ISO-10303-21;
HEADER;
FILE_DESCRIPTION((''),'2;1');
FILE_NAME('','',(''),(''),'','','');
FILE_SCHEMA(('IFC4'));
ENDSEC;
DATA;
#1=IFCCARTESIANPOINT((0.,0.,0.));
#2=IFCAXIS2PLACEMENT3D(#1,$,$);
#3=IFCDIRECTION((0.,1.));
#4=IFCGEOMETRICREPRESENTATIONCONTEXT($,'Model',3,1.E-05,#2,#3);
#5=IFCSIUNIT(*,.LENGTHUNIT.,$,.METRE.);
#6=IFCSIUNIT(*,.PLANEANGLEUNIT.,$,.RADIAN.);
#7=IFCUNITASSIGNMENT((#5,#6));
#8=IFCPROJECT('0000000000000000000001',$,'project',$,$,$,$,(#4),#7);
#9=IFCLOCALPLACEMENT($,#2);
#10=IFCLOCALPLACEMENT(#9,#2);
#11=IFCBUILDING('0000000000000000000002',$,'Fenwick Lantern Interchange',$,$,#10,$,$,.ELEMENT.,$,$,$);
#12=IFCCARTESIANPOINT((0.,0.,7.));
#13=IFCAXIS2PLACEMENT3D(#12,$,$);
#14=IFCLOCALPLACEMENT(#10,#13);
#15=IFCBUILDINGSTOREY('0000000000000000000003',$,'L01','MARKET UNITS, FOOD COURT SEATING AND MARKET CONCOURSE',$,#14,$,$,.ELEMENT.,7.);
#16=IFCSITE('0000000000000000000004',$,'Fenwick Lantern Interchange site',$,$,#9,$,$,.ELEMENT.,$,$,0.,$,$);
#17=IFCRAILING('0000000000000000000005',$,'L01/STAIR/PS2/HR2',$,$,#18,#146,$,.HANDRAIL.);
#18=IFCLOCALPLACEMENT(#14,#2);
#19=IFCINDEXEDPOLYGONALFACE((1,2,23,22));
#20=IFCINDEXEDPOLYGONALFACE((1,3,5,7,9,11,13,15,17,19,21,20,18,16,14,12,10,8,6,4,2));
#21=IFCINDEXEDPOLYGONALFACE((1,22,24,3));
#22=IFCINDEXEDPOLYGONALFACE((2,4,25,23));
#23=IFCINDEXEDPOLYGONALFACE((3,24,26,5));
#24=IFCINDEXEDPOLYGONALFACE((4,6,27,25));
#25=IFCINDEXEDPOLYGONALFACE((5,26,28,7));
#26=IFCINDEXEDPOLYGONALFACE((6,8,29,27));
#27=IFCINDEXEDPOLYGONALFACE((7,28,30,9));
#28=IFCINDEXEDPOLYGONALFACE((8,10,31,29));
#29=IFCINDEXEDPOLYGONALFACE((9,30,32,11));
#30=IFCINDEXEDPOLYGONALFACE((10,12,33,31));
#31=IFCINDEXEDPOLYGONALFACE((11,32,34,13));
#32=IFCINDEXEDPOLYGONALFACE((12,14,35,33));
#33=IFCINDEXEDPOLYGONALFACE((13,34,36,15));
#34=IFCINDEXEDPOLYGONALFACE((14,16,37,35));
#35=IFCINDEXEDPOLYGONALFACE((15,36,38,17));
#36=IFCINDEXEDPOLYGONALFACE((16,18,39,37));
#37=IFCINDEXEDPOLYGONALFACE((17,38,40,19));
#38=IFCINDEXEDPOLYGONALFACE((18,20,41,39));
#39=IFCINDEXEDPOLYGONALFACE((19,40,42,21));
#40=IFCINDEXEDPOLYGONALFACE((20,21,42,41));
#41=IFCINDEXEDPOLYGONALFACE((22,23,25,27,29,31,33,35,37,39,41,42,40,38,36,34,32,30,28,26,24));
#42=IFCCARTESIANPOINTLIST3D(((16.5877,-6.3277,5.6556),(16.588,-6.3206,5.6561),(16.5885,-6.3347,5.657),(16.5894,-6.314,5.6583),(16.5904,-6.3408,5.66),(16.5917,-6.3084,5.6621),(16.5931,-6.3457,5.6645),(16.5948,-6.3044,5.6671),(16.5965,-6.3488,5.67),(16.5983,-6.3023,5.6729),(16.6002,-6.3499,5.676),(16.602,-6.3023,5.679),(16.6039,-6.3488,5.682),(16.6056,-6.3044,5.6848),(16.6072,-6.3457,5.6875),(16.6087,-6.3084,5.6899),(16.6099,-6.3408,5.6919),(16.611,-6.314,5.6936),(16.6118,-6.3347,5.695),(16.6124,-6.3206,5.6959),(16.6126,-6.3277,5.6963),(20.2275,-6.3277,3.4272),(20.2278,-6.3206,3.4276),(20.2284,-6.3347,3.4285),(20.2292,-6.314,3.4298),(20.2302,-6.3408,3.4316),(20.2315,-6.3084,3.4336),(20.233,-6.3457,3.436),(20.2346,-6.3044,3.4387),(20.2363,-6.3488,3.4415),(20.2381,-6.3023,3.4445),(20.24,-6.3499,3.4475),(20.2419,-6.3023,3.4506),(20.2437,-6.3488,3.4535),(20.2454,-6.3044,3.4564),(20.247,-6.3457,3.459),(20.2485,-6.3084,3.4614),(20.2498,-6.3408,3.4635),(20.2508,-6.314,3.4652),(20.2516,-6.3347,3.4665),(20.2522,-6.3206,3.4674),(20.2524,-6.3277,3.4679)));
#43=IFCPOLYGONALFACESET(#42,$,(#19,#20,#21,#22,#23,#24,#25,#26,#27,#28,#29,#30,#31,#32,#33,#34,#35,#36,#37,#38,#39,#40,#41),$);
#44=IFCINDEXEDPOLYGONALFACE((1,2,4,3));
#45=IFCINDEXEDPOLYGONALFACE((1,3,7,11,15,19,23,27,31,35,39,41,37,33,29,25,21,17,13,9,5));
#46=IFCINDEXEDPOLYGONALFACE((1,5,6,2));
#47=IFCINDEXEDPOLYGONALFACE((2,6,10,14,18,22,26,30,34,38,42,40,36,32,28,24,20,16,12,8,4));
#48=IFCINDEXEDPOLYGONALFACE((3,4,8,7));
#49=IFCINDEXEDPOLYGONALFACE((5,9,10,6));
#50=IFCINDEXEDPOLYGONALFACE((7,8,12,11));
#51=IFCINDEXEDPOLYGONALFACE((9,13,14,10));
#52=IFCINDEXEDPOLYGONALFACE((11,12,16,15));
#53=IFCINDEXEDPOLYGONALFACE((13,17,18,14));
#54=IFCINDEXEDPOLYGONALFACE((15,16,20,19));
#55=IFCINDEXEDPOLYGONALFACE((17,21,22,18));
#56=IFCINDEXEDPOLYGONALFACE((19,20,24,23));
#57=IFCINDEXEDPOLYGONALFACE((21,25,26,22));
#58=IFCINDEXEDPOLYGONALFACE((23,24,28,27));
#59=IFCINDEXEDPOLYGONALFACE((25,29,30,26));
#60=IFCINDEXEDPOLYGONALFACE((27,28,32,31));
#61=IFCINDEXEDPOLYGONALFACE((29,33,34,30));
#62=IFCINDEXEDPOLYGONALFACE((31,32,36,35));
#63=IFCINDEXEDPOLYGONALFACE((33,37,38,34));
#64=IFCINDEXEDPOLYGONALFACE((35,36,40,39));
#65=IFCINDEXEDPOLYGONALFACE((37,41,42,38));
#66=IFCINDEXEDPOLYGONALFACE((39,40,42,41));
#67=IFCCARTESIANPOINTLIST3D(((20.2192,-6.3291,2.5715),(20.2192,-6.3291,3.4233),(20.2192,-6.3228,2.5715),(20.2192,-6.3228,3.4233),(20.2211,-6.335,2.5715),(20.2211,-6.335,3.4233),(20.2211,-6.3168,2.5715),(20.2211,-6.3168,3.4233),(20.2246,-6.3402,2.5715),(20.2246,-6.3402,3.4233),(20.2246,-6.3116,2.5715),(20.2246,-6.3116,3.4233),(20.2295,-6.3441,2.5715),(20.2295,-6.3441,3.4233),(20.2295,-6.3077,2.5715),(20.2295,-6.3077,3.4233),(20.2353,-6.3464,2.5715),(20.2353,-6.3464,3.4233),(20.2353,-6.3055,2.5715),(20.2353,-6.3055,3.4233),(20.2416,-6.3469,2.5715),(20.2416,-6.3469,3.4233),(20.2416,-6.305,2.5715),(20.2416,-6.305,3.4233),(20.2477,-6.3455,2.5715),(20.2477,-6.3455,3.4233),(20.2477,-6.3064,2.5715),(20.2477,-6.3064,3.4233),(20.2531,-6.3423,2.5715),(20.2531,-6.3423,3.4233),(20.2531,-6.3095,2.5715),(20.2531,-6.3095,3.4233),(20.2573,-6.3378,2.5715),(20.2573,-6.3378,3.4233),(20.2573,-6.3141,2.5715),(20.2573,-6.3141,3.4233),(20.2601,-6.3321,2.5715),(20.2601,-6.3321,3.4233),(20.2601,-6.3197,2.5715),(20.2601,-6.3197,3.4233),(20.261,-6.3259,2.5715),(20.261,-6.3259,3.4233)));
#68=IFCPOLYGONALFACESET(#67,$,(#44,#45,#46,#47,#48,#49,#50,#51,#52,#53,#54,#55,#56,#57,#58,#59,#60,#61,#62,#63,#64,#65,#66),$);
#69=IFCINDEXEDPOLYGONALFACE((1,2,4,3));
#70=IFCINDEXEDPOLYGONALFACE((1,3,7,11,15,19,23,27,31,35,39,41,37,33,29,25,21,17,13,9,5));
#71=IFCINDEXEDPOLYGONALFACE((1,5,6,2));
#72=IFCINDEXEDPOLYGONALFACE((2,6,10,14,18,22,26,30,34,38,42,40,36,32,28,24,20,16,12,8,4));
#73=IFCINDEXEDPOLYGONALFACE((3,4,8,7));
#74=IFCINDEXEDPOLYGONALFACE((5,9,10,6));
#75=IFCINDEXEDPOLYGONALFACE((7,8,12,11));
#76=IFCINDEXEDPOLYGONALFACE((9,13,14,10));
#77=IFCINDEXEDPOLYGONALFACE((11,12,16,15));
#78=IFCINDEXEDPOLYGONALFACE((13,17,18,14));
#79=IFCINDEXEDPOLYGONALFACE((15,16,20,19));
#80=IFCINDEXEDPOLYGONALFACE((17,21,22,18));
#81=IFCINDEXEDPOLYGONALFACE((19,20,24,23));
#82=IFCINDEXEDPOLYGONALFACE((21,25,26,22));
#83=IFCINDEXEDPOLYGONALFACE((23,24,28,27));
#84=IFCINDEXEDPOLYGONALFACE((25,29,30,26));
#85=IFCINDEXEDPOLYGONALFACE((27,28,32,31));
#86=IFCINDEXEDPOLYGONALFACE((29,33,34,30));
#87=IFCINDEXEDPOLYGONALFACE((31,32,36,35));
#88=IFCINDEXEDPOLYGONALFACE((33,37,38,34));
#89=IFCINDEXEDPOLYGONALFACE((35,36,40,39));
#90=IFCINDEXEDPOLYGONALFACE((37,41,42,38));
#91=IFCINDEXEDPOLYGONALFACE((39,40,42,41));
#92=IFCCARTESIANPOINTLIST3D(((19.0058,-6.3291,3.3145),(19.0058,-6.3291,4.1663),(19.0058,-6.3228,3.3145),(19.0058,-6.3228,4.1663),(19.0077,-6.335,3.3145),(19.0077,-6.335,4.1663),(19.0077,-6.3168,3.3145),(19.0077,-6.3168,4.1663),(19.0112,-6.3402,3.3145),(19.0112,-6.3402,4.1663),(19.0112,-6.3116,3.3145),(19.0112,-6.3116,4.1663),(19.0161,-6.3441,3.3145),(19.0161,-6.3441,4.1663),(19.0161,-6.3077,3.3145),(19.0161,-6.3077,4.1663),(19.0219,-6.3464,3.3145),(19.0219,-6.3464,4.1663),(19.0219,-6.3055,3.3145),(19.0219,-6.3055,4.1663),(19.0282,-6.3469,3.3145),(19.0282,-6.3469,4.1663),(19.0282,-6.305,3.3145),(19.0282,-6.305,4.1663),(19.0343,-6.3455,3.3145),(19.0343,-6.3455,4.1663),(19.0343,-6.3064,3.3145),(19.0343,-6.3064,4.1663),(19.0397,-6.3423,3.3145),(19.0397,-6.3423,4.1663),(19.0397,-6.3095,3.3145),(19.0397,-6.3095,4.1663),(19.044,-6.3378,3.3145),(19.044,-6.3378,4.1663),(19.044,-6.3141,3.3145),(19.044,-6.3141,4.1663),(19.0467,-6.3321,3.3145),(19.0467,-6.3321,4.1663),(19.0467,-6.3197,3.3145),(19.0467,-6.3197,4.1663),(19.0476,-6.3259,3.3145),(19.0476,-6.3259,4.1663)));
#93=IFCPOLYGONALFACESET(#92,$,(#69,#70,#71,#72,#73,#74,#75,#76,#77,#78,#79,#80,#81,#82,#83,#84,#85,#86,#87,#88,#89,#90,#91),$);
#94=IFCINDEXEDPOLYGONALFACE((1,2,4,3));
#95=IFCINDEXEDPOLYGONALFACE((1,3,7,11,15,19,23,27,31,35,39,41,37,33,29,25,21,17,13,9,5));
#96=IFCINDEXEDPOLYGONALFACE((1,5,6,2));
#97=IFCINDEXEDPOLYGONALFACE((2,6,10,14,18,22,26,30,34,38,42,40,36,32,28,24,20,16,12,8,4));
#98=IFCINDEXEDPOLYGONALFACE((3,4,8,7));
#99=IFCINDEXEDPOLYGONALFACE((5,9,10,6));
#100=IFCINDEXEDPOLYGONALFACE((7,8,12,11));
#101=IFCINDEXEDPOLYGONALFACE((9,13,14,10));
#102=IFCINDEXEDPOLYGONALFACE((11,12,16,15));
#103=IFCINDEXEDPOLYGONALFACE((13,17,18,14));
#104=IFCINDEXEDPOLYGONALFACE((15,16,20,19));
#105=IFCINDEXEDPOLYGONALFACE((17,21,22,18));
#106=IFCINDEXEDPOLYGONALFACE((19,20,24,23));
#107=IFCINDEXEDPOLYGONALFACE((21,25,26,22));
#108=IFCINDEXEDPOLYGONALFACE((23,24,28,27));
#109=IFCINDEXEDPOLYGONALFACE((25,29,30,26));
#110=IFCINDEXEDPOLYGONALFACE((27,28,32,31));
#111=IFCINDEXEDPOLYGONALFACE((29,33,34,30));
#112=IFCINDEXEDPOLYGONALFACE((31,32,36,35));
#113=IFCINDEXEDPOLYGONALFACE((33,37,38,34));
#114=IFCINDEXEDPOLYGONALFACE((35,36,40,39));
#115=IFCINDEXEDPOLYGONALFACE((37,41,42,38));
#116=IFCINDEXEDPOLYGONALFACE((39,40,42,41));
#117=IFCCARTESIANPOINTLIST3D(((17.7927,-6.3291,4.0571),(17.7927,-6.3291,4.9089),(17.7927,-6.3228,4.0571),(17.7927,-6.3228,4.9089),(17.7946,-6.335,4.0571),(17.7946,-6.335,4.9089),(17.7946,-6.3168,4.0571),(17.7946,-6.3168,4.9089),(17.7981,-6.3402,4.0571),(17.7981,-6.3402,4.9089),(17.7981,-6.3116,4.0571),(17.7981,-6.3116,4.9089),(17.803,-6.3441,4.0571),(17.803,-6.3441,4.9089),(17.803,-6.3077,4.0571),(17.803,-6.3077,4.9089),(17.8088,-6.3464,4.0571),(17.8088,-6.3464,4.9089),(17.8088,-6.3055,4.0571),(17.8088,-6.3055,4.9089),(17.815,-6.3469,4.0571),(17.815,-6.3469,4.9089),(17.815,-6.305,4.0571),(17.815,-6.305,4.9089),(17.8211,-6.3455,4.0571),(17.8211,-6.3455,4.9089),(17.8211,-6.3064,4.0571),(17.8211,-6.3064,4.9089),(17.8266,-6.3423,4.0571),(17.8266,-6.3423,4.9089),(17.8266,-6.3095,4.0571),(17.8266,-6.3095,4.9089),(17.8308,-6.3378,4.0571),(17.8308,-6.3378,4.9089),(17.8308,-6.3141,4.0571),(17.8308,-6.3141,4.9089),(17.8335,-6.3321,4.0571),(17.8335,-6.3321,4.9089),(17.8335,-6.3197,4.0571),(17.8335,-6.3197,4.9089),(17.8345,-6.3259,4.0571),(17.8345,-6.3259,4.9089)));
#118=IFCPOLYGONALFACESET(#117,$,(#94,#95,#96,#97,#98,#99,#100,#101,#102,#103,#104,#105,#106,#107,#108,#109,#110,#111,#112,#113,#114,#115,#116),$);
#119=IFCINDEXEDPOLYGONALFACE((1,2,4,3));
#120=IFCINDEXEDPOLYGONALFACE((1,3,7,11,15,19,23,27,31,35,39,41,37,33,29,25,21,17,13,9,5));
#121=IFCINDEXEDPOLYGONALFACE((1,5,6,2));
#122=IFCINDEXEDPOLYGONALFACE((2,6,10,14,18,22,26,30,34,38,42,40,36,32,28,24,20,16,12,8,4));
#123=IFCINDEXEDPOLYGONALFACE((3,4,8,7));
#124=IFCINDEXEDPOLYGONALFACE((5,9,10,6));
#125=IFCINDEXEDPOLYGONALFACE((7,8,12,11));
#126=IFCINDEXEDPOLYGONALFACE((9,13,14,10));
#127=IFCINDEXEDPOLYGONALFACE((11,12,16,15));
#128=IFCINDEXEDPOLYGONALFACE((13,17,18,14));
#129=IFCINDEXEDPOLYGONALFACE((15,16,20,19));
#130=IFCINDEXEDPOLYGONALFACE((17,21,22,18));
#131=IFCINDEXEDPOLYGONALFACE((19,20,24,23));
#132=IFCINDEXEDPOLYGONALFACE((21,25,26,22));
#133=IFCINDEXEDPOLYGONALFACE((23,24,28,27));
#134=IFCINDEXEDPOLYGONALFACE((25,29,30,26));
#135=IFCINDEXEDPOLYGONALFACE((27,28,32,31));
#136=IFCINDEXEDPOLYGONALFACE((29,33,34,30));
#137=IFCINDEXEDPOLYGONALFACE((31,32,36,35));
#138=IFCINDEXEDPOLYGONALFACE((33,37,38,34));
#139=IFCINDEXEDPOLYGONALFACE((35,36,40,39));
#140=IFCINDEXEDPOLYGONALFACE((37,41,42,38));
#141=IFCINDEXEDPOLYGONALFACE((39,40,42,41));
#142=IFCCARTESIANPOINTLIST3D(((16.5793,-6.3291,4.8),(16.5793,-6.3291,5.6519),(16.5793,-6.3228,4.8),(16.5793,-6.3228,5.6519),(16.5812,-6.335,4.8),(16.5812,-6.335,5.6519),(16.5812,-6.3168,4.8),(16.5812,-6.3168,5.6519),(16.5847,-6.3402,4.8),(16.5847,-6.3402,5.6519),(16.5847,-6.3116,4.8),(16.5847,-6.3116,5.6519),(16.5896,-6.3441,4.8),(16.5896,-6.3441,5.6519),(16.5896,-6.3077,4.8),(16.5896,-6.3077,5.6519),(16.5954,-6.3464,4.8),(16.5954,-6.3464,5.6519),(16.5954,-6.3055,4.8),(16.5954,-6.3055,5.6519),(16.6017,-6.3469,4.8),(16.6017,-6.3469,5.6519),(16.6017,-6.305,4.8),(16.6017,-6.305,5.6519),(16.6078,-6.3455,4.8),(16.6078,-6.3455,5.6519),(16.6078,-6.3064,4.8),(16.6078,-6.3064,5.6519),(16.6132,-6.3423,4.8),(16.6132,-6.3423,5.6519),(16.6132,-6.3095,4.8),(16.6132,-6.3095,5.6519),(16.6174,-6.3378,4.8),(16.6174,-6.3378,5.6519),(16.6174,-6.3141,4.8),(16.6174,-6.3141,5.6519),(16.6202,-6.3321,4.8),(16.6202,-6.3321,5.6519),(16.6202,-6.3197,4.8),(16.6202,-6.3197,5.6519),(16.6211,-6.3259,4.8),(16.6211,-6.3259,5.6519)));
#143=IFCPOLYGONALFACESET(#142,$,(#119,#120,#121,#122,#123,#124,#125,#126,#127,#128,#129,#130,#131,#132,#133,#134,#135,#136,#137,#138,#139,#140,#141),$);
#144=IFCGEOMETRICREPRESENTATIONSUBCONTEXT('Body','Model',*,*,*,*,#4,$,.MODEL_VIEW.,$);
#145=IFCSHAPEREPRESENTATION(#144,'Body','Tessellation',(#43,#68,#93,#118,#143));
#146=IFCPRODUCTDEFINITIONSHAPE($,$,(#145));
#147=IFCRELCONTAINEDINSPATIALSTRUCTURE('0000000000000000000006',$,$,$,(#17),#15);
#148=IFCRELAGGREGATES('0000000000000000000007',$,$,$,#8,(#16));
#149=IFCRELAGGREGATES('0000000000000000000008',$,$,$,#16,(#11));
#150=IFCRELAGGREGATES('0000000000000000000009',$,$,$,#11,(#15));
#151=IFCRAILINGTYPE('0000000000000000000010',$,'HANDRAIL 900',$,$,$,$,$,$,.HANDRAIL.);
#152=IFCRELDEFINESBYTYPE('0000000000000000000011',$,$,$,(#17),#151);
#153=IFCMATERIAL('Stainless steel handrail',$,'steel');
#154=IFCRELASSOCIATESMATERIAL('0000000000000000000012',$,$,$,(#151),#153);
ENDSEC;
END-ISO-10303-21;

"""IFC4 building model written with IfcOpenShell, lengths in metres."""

from ifc_helpers import new_model, si_unit, direction, frame, origin, origin_2d, place, context, subcontext, project, spatial, circle, extrude, material, type_object, element, save


model = new_model("IFC4")

# Units and contexts
model_context = context("Model", 3, precision=1e-05, world=origin(), true_north=direction((0.0, 1.0)))
body_context = subcontext(model_context, "Body", "Model", "MODEL_VIEW")
ifc_project = project(units=[si_unit("LENGTHUNIT", "METRE"), si_unit("PLANEANGLEUNIT", "RADIAN")], contexts=[model_context])

# Site, building, storey
site_placement = place(None, origin())
site = spatial("IfcSite", under=ifc_project, at=site_placement, Name="Fenwick Lantern Interchange site", CompositionType="ELEMENT", RefElevation=0.0)
building_placement = place(site_placement, origin())
building = spatial("IfcBuilding", under=site, at=building_placement, Name="Fenwick Lantern Interchange", CompositionType="ELEMENT")
storey_placement = place(building_placement, frame((0.0, 0.0, 7.0)))
storey = spatial("IfcBuildingStorey", under=building, at=storey_placement, Name="L01", Description="MARKET UNITS, FOOD COURT SEATING AND MARKET CONCOURSE", CompositionType="ELEMENT", Elevation=7.0)

# Railing
ifc_material_1 = material(Name="Stainless steel handrail", Category="steel")
railing_type = type_object("IfcRailingType", Name="HANDRAIL 900", PredefinedType="HANDRAIL", material=ifc_material_1)
railing_1_placement = place(storey_placement, frame((20.24, -6.3259, 2.5715)))
element("IfcRailing", 1, at=railing_1_placement, inside=storey, type_object=railing_type, Name="L01/STAIR/PS2/HR2", PredefinedType="HANDRAIL", context=body_context, shape_type="SweptSolid", body=[
    extrude(circle(Radius=0.0239, at=origin_2d()), frame((0.0, 0.0, 0.876), z_axis=(-0.85285, 0.0, 0.522156), x_axis=(0.0, -1.0, 0.0)), (0.0, 0.0, 1.0), 4.2678),
    extrude(circle(Radius=0.021, at=origin_2d()), origin(), (0.0, 0.0, 1.0), 0.8518),
    extrude(circle(Radius=0.021, at=origin_2d()), frame((-1.2134, 0.0, 0.7429)), (0.0, 0.0, 1.0), 0.8518),
    extrude(circle(Radius=0.021, at=origin_2d()), frame((-2.4265, 0.0, 1.4856)), (0.0, 0.0, 1.0), 0.8518),
    extrude(circle(Radius=0.021, at=origin_2d()), frame((-3.6399, 0.0, 2.2285)), (0.0, 0.0, 1.0), 0.8518),
])

save(model, "model.ifc")
